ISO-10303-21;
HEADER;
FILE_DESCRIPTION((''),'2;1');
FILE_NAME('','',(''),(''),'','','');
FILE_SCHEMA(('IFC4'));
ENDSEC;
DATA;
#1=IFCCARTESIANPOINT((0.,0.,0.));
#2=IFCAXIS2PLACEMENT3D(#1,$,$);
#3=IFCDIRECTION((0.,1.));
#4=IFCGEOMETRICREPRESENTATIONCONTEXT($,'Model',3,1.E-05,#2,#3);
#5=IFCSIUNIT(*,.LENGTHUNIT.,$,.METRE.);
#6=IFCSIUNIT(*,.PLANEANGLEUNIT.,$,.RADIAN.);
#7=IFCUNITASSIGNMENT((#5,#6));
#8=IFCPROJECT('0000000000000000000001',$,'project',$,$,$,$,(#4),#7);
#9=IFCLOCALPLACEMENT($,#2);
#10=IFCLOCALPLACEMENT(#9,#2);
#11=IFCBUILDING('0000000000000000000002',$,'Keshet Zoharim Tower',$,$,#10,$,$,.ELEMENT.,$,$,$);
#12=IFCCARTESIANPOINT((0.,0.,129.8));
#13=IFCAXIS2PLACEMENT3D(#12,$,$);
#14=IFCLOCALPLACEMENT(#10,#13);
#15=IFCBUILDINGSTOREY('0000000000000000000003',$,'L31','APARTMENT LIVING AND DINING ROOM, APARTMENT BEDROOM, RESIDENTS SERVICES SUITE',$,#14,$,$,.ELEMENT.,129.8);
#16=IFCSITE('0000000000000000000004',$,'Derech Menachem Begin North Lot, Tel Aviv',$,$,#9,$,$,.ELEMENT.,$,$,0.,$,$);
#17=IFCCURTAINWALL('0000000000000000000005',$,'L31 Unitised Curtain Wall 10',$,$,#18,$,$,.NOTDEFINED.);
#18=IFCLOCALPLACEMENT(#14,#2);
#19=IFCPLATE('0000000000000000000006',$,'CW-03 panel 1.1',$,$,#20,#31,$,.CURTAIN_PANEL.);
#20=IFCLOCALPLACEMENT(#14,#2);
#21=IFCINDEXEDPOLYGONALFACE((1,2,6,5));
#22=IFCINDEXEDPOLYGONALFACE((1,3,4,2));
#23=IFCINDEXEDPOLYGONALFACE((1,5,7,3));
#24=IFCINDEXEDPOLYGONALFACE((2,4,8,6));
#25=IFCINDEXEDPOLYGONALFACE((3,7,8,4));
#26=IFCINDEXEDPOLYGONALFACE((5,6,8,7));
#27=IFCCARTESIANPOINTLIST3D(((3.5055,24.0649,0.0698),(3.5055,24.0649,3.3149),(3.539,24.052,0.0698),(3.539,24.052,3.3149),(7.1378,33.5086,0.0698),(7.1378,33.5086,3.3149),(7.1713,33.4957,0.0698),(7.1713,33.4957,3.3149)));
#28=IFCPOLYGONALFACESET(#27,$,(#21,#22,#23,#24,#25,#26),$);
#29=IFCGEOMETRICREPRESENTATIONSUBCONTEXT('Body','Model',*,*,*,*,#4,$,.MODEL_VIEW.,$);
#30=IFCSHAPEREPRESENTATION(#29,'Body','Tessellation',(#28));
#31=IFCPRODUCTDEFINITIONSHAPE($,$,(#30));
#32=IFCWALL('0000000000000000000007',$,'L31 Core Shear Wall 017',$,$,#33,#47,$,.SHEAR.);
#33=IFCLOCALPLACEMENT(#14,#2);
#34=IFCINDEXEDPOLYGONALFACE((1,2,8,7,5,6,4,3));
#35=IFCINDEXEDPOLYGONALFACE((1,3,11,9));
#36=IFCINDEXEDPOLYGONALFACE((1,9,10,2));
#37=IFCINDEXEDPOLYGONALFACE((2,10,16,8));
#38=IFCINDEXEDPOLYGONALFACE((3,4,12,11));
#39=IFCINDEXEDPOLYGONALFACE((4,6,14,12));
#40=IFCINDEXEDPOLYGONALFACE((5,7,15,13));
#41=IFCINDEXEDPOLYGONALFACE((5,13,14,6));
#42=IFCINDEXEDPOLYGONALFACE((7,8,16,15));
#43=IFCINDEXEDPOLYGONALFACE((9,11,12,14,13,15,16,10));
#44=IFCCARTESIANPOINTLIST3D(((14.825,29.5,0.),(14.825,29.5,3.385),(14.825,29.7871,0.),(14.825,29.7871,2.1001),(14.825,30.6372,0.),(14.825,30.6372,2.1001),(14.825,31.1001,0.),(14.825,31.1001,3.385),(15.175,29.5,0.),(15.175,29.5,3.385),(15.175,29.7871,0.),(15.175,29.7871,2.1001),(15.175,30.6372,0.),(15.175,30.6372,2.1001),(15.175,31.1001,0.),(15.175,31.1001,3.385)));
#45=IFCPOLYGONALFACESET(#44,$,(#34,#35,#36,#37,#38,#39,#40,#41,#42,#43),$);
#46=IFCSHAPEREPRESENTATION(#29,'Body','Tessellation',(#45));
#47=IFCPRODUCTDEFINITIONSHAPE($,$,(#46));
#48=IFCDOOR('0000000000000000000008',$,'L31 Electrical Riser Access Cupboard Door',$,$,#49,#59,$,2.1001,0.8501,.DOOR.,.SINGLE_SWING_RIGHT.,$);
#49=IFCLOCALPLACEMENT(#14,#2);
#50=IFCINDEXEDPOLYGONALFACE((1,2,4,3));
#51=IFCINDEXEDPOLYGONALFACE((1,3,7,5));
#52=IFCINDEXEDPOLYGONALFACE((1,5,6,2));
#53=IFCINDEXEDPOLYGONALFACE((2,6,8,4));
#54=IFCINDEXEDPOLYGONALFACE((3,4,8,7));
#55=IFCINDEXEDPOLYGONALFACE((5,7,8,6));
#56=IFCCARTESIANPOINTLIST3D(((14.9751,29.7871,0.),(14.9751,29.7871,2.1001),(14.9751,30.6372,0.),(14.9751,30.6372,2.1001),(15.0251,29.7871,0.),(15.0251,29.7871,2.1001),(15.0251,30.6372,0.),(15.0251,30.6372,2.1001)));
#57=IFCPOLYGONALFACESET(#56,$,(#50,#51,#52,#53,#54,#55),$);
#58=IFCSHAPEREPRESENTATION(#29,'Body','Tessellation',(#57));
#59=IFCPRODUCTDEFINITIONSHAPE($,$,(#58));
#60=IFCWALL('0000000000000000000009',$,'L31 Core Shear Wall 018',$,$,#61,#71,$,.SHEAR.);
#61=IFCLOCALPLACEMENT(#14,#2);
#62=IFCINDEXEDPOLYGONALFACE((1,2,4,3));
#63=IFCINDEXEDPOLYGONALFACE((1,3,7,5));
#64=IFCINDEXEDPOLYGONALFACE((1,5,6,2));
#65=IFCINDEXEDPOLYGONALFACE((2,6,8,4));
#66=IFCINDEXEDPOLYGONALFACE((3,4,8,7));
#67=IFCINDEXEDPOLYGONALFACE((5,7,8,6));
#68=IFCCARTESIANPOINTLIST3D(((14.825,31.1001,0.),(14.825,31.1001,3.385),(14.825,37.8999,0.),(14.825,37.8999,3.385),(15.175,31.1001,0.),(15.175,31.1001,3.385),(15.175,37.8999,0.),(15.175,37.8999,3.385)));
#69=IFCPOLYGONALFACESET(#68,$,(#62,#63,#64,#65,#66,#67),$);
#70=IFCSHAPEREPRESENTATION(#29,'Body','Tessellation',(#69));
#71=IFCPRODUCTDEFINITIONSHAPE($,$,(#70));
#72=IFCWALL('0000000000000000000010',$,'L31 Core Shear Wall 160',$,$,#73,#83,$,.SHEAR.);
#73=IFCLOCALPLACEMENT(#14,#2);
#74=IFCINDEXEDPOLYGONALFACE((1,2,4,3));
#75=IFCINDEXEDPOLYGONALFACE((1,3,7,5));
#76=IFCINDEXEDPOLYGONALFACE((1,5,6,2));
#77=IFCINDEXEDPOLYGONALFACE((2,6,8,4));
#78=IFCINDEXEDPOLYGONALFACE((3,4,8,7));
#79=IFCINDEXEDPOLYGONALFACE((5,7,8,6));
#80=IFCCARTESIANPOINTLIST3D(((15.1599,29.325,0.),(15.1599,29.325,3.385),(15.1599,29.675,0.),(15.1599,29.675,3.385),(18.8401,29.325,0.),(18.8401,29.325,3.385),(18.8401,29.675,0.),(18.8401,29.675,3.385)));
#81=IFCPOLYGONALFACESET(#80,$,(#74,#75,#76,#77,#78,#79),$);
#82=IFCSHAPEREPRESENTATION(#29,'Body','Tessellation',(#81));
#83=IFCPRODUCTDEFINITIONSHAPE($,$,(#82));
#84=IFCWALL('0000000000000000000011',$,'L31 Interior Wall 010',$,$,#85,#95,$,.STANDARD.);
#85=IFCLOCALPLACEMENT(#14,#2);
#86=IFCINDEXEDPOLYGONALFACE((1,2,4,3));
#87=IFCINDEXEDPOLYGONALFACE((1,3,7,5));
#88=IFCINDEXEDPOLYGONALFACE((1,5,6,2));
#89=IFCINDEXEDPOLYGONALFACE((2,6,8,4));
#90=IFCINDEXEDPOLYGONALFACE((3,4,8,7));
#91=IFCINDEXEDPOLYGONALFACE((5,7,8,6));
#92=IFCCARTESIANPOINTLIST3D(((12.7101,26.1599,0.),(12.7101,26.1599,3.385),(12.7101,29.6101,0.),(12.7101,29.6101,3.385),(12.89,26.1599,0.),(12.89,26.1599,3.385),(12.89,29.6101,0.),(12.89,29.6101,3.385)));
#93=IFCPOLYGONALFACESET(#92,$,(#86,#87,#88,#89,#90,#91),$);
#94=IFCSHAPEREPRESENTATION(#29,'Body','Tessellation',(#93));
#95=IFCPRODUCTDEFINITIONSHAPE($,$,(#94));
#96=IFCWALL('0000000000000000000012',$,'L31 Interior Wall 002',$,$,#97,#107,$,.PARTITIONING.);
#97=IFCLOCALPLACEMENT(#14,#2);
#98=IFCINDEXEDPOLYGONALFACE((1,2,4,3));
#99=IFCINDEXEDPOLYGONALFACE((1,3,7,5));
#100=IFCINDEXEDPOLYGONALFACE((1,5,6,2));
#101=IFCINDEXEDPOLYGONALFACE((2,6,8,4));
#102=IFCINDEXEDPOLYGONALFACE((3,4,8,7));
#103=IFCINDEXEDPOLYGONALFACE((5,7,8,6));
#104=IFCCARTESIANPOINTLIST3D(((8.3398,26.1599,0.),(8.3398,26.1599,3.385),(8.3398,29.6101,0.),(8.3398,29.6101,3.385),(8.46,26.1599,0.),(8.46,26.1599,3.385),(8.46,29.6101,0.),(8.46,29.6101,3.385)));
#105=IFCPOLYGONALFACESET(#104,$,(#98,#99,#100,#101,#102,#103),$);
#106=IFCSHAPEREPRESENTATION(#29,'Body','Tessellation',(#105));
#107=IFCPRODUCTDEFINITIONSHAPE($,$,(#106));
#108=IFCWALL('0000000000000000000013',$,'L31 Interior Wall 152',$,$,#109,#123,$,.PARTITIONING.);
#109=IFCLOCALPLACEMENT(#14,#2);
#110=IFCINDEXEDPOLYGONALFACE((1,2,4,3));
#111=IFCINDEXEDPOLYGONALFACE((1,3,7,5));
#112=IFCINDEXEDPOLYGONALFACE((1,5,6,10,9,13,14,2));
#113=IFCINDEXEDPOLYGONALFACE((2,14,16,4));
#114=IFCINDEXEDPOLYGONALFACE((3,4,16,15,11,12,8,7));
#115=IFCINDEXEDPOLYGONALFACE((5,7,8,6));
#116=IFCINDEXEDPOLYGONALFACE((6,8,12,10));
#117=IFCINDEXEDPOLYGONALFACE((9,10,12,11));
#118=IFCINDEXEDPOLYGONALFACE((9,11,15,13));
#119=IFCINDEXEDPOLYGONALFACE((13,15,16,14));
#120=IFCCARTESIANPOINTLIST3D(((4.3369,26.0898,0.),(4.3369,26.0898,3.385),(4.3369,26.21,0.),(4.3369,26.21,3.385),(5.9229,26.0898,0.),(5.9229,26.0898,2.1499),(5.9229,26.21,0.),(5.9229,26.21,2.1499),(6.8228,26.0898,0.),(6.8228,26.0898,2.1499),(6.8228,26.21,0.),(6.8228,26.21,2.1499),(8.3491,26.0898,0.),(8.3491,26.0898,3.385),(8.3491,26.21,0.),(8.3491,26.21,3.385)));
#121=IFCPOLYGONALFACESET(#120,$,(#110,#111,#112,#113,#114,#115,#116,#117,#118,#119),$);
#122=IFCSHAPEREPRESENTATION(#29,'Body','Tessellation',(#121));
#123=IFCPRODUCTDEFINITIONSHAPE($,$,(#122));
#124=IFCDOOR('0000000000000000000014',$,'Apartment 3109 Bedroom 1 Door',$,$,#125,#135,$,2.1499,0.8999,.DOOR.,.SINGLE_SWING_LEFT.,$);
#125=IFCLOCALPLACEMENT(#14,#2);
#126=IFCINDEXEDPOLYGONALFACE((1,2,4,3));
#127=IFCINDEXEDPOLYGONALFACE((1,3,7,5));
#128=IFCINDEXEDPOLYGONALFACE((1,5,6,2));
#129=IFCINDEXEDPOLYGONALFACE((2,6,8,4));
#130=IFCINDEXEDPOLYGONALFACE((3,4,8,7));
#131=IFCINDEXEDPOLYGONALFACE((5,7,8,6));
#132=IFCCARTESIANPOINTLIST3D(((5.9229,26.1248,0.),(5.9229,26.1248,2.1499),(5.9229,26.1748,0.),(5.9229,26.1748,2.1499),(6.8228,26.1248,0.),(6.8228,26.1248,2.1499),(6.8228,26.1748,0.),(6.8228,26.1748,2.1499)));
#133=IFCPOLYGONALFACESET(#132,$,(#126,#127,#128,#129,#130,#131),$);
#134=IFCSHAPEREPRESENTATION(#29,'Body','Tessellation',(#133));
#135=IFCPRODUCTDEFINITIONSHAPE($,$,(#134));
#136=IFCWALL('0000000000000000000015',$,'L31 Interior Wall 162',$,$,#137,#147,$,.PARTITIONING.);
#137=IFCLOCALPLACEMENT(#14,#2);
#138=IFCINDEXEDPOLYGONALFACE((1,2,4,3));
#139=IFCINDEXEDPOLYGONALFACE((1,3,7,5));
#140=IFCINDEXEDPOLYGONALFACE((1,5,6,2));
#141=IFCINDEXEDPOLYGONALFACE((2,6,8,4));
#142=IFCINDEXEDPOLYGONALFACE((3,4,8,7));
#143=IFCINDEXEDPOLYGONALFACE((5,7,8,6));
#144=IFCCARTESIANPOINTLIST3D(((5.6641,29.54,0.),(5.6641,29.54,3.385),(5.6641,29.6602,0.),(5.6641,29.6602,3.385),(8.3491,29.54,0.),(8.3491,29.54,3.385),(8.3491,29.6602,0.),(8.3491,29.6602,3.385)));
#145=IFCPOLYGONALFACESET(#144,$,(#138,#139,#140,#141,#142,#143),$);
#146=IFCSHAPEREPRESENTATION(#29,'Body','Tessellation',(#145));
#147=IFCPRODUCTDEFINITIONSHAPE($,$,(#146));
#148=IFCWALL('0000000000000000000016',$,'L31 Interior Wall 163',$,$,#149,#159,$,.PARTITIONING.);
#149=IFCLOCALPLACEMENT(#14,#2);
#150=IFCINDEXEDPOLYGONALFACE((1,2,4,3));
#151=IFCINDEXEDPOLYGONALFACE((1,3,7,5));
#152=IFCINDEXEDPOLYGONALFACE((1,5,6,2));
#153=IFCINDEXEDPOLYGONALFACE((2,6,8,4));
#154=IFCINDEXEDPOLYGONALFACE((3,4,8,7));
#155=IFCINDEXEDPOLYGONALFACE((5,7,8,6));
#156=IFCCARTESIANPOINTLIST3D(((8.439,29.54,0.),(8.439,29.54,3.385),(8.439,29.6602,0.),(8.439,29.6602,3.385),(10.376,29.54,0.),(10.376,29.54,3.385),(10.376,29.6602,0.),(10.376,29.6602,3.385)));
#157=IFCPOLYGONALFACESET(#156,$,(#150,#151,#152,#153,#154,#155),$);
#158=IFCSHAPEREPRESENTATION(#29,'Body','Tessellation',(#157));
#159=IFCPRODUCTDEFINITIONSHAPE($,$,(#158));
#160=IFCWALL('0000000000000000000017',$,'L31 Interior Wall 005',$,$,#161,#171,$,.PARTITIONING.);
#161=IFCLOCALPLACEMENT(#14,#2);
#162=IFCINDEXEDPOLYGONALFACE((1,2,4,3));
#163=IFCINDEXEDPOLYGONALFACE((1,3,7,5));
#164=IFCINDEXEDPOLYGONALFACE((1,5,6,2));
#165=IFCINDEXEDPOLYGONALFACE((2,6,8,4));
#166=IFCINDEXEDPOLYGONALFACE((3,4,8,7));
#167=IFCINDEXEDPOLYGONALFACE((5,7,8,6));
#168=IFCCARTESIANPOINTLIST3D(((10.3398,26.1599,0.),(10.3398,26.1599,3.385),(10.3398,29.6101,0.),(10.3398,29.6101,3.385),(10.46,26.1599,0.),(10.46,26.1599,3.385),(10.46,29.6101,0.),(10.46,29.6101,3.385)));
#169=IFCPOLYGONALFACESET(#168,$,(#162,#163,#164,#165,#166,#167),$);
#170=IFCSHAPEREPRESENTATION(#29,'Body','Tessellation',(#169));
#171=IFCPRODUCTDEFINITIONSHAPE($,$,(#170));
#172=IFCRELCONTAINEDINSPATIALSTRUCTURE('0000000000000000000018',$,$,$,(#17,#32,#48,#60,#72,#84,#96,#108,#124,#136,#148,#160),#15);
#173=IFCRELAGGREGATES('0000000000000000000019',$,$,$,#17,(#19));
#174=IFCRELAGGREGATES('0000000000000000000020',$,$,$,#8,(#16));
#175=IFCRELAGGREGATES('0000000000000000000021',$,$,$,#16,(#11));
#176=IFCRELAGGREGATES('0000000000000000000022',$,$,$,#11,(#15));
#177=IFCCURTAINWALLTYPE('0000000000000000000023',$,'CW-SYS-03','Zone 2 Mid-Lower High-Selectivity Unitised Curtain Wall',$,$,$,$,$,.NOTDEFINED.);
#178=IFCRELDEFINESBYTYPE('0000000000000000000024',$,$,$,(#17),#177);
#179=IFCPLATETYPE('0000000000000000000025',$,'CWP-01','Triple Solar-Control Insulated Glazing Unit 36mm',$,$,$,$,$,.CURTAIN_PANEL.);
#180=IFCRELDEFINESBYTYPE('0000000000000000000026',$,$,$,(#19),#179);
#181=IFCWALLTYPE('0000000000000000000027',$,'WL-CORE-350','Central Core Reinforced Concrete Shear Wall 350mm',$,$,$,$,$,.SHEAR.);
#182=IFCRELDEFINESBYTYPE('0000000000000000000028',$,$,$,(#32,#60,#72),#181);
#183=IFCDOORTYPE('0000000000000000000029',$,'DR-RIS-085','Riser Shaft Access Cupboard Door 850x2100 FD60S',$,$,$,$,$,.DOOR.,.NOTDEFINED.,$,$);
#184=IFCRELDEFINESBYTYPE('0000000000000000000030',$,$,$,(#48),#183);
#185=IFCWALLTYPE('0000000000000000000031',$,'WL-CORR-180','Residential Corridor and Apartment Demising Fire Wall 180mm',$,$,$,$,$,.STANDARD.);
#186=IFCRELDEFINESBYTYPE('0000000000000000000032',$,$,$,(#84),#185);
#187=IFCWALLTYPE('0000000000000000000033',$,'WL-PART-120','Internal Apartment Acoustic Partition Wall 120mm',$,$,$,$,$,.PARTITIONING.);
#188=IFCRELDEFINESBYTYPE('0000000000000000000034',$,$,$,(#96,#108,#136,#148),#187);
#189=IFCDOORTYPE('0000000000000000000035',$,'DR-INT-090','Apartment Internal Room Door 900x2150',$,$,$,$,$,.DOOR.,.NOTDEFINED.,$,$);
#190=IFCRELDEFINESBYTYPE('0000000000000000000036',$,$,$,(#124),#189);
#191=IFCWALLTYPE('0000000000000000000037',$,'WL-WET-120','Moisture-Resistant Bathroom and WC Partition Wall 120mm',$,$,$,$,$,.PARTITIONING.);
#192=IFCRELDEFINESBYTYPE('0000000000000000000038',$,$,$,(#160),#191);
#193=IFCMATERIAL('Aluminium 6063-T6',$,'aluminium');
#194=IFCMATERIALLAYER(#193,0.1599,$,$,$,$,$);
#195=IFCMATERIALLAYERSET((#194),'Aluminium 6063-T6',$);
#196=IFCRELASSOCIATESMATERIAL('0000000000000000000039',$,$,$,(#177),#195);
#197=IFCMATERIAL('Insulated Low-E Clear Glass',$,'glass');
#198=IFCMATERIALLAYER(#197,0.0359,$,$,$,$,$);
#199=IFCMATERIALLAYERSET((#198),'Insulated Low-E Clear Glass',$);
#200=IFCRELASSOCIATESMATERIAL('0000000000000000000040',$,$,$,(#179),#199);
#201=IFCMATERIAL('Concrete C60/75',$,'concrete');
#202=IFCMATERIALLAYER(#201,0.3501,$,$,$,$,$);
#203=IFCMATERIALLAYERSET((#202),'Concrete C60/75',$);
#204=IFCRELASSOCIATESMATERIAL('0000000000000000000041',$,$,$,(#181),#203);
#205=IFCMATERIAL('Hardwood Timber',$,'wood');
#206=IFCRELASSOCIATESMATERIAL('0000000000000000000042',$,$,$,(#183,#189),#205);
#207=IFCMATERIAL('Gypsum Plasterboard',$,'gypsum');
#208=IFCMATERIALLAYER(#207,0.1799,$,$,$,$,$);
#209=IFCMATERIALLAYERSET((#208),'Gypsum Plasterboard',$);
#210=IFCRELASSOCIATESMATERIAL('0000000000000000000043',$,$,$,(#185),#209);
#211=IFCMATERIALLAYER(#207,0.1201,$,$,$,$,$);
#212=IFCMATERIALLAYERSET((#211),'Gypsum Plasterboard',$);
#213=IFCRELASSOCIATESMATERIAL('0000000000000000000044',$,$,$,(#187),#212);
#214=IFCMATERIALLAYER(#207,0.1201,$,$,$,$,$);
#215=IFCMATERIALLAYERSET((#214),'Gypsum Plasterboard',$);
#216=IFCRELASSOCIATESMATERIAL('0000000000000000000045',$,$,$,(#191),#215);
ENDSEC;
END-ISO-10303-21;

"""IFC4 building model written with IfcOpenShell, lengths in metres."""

from ifc_helpers import new_model, si_unit, direction, frame, frame_2d, origin, origin_2d, place, context, subcontext, project, spatial, rectangle, extrude, material, layer, layer_set, type_object, element, fill, aggregate, save


model = new_model("IFC4")

# Units and contexts
model_context = context("Model", 3, precision=1e-05, world=origin(), true_north=direction((0.0, 1.0)))
body_context = subcontext(model_context, "Body", "Model", "MODEL_VIEW")
ifc_project = project(units=[si_unit("LENGTHUNIT", "METRE"), si_unit("PLANEANGLEUNIT", "RADIAN")], contexts=[model_context])

# Site, building, storey
site_placement = place(None, origin())
site = spatial("IfcSite", under=ifc_project, at=site_placement, Name="Derech Menachem Begin North Lot, Tel Aviv", CompositionType="ELEMENT", RefElevation=0.0)
building_placement = place(site_placement, origin())
building = spatial("IfcBuilding", under=site, at=building_placement, Name="Keshet Zoharim Tower", CompositionType="ELEMENT")
storey_placement = place(building_placement, frame((0.0, 0.0, 129.8)))
storey = spatial("IfcBuildingStorey", under=building, at=storey_placement, Name="L31", Description="APARTMENT LIVING AND DINING ROOM, APARTMENT BEDROOM, RESIDENTS SERVICES SUITE", CompositionType="ELEMENT", Elevation=129.8)

# Curtain wall, plate
ifc_material_1 = material(Name="Aluminium 6063-T6", Category="aluminium")
ifc_layer_1 = layer(ifc_material_1, 0.1599)
ifc_layer_set_1 = layer_set([ifc_layer_1], Name="Aluminium 6063-T6")
curtain_wall_type = type_object("IfcCurtainWallType", Name="CW-SYS-03", Description="Zone 2 Mid-Lower High-Selectivity Unitised Curtain Wall", PredefinedType="NOTDEFINED", material=ifc_layer_set_1)
curtain_wall_placement = place(storey_placement, origin())
curtain_wall = element("IfcCurtainWall", 1, at=curtain_wall_placement, inside=storey, type_object=curtain_wall_type, Name="L31 Unitised Curtain Wall 10", PredefinedType="NOTDEFINED")
ifc_material_2 = material(Name="Insulated Low-E Clear Glass", Category="glass")
ifc_layer_2 = layer(ifc_material_2, 0.0359)
ifc_layer_set_2 = layer_set([ifc_layer_2], Name="Insulated Low-E Clear Glass")
plate_type = type_object("IfcPlateType", Name="CWP-01", Description="Triple Solar-Control Insulated Glazing Unit 36mm", PredefinedType="CURTAIN_PANEL", material=ifc_layer_set_2)
plate_placement = place(storey_placement, frame((5.3384, 28.7803, 0.0698), z_axis=(0.0, 0.0, 1.0), x_axis=(0.35899, 0.933341, 0.0)))
plate = element("IfcPlate", 2, at=plate_placement, type_object=plate_type, Name="CW-03 panel 1.1", PredefinedType="CURTAIN_PANEL", context=body_context, shape_type="SweptSolid", body=[
    extrude(rectangle(XDim=10.1182, YDim=0.0359, at=origin_2d()), origin(), (0.0, 0.0, 1.0), 3.2451),
])
aggregate(curtain_wall, [plate])

# Wall, opening, door
ifc_material_3 = material(Name="Concrete C60/75", Category="concrete")
ifc_layer_3 = layer(ifc_material_3, 0.3501)
ifc_layer_set_3 = layer_set([ifc_layer_3], Name="Concrete C60/75")
wall_type_1 = type_object("IfcWallType", Name="WL-CORE-350", Description="Central Core Reinforced Concrete Shear Wall 350mm", PredefinedType="SHEAR", material=ifc_layer_set_3)
wall_1_placement = place(storey_placement, frame((15.0, 29.5, 0.0), z_axis=(0.0, 0.0, 1.0), x_axis=(0.0, 1.0, 0.0)))
wall_1 = element("IfcWall", 3, at=wall_1_placement, inside=storey, type_object=wall_type_1, Name="L31 Core Shear Wall 017", PredefinedType="SHEAR", context=body_context, shape_type="SweptSolid", body=[
    extrude(rectangle(XDim=1.6001, YDim=0.3501, at=frame_2d((0.8, 0.0))), origin(), (0.0, 0.0, 1.0), 3.385),
])
opening_1_placement = place(wall_1_placement, frame((0.2871, 0.0, 0.0)))
opening_1 = element("IfcOpeningElement", 4, at=opening_1_placement, cuts=wall_1, PredefinedType="OPENING", context=body_context, shape_type="SweptSolid", body=[
    extrude(rectangle(XDim=0.8501, YDim=2.1001, at=frame_2d((0.425, 1.05))), frame((0.0, 0.1851, 0.0), z_axis=(0.0, -1.0, 0.0), x_axis=(1.0, 0.0, 0.0)), (0.0, 0.0, 1.0), 0.3701),
])
ifc_material_4 = material(Name="Hardwood Timber", Category="wood")
door_type_1 = type_object("IfcDoorType", Name="DR-RIS-085", Description="Riser Shaft Access Cupboard Door 850x2100 FD60S", OperationType="NOTDEFINED", PredefinedType="DOOR", material=ifc_material_4)
door_1_placement = place(opening_1_placement, origin())
door_1 = element("IfcDoor", 5, at=door_1_placement, inside=storey, type_object=door_type_1, Name="L31 Electrical Riser Access Cupboard Door", OperationType="SINGLE_SWING_RIGHT", OverallHeight=2.1001, OverallWidth=0.8501, PredefinedType="DOOR", context=body_context, shape_type="SweptSolid", body=[
    extrude(rectangle(XDim=0.8501, YDim=2.1001, at=frame_2d((0.425, 1.05))), frame((0.0, 0.0249, 0.0), z_axis=(0.0, -1.0, 0.0), x_axis=(1.0, 0.0, 0.0)), (0.0, 0.0, 1.0), 0.05),
])
fill(opening_1, door_1)

# Walls
wall_2_placement = place(storey_placement, frame((15.0, 31.1001, 0.0), z_axis=(0.0, 0.0, 1.0), x_axis=(0.0, 1.0, 0.0)))
element("IfcWall", 6, at=wall_2_placement, inside=storey, type_object=wall_type_1, Name="L31 Core Shear Wall 018", PredefinedType="SHEAR", context=body_context, shape_type="SweptSolid", body=[
    extrude(rectangle(XDim=6.7998, YDim=0.3501, at=frame_2d((3.3999, 0.0))), origin(), (0.0, 0.0, 1.0), 3.385),
])
wall_3_placement = place(storey_placement, frame((15.1599, 29.5, 0.0), z_axis=(0.0, 0.0, 1.0), x_axis=(1.0, 0.0, 0.0)))
element("IfcWall", 7, at=wall_3_placement, inside=storey, type_object=wall_type_1, Name="L31 Core Shear Wall 160", PredefinedType="SHEAR", context=body_context, shape_type="SweptSolid", body=[
    extrude(rectangle(XDim=3.6802, YDim=0.3501, at=frame_2d((1.8401, 0.0))), origin(), (0.0, 0.0, 1.0), 3.385),
])
ifc_material_5 = material(Name="Gypsum Plasterboard", Category="gypsum")
ifc_layer_4 = layer(ifc_material_5, 0.1799)
ifc_layer_set_4 = layer_set([ifc_layer_4], Name="Gypsum Plasterboard")
wall_type_2 = type_object("IfcWallType", Name="WL-CORR-180", Description="Residential Corridor and Apartment Demising Fire Wall 180mm", PredefinedType="STANDARD", material=ifc_layer_set_4)
wall_4_placement = place(storey_placement, frame((12.8, 26.1599, 0.0), z_axis=(0.0, 0.0, 1.0), x_axis=(0.0, 1.0, 0.0)))
element("IfcWall", 8, at=wall_4_placement, inside=storey, type_object=wall_type_2, Name="L31 Interior Wall 010", PredefinedType="STANDARD", context=body_context, shape_type="SweptSolid", body=[
    extrude(rectangle(XDim=3.4502, YDim=0.1799, at=frame_2d((1.7251, 0.0))), origin(), (0.0, 0.0, 1.0), 3.385),
])

# Wall
ifc_layer_5 = layer(ifc_material_5, 0.1201)
ifc_layer_set_5 = layer_set([ifc_layer_5], Name="Gypsum Plasterboard")
wall_type_3 = type_object("IfcWallType", Name="WL-PART-120", Description="Internal Apartment Acoustic Partition Wall 120mm", PredefinedType="PARTITIONING", material=ifc_layer_set_5)
wall_5_placement = place(storey_placement, frame((8.3999, 26.1599, 0.0), z_axis=(0.0, 0.0, 1.0), x_axis=(0.0, 1.0, 0.0)))
element("IfcWall", 9, at=wall_5_placement, inside=storey, type_object=wall_type_3, Name="L31 Interior Wall 002", PredefinedType="PARTITIONING", context=body_context, shape_type="SweptSolid", body=[
    extrude(rectangle(XDim=3.4502, YDim=0.1201, at=frame_2d((1.7251, 0.0))), origin(), (0.0, 0.0, 1.0), 3.385),
])

# Wall, opening, door
wall_6_placement = place(storey_placement, frame((4.3369, 26.1499, 0.0), z_axis=(0.0, 0.0, 1.0), x_axis=(1.0, 0.0, 0.0)))
wall_6 = element("IfcWall", 10, at=wall_6_placement, inside=storey, type_object=wall_type_3, Name="L31 Interior Wall 152", PredefinedType="PARTITIONING", context=body_context, shape_type="SweptSolid", body=[
    extrude(rectangle(XDim=4.0122, YDim=0.1201, at=frame_2d((2.0061, 0.0))), origin(), (0.0, 0.0, 1.0), 3.385),
])
opening_2_placement = place(wall_6_placement, frame((1.5859, 0.0, 0.0)))
opening_2 = element("IfcOpeningElement", 11, at=opening_2_placement, cuts=wall_6, PredefinedType="OPENING", context=body_context, shape_type="SweptSolid", body=[
    extrude(rectangle(XDim=0.8999, YDim=2.1499, at=frame_2d((0.45, 1.075))), frame((0.0, 0.0701, 0.0), z_axis=(0.0, -1.0, 0.0), x_axis=(1.0, 0.0, 0.0)), (0.0, 0.0, 1.0), 0.1401),
])
door_type_2 = type_object("IfcDoorType", Name="DR-INT-090", Description="Apartment Internal Room Door 900x2150", OperationType="NOTDEFINED", PredefinedType="DOOR", material=ifc_material_4)
door_2_placement = place(opening_2_placement, origin())
door_2 = element("IfcDoor", 12, at=door_2_placement, inside=storey, type_object=door_type_2, Name="Apartment 3109 Bedroom 1 Door", OperationType="SINGLE_SWING_LEFT", OverallHeight=2.1499, OverallWidth=0.8999, PredefinedType="DOOR", context=body_context, shape_type="SweptSolid", body=[
    extrude(rectangle(XDim=0.8999, YDim=2.1499, at=frame_2d((0.45, 1.075))), frame((0.0, 0.0249, 0.0), z_axis=(0.0, -1.0, 0.0), x_axis=(1.0, 0.0, 0.0)), (0.0, 0.0, 1.0), 0.05),
])
fill(opening_2, door_2)

# Walls
wall_7_placement = place(storey_placement, frame((5.6641, 29.6001, 0.0), z_axis=(0.0, 0.0, 1.0), x_axis=(1.0, 0.0, 0.0)))
element("IfcWall", 13, at=wall_7_placement, inside=storey, type_object=wall_type_3, Name="L31 Interior Wall 162", PredefinedType="PARTITIONING", context=body_context, shape_type="SweptSolid", body=[
    extrude(rectangle(XDim=2.6851, YDim=0.1201, at=frame_2d((1.3425, 0.0))), origin(), (0.0, 0.0, 1.0), 3.385),
])
wall_8_placement = place(storey_placement, frame((8.439, 29.6001, 0.0), z_axis=(0.0, 0.0, 1.0), x_axis=(1.0, 0.0, 0.0)))
element("IfcWall", 14, at=wall_8_placement, inside=storey, type_object=wall_type_3, Name="L31 Interior Wall 163", PredefinedType="PARTITIONING", context=body_context, shape_type="SweptSolid", body=[
    extrude(rectangle(XDim=1.937, YDim=0.1201, at=frame_2d((0.9685, 0.0))), origin(), (0.0, 0.0, 1.0), 3.385),
])
ifc_layer_6 = layer(ifc_material_5, 0.1201)
ifc_layer_set_6 = layer_set([ifc_layer_6], Name="Gypsum Plasterboard")
wall_type_4 = type_object("IfcWallType", Name="WL-WET-120", Description="Moisture-Resistant Bathroom and WC Partition Wall 120mm", PredefinedType="PARTITIONING", material=ifc_layer_set_6)
wall_9_placement = place(storey_placement, frame((10.3999, 26.1599, 0.0), z_axis=(0.0, 0.0, 1.0), x_axis=(0.0, 1.0, 0.0)))
element("IfcWall", 15, at=wall_9_placement, inside=storey, type_object=wall_type_4, Name="L31 Interior Wall 005", PredefinedType="PARTITIONING", context=body_context, shape_type="SweptSolid", body=[
    extrude(rectangle(XDim=3.4502, YDim=0.1201, at=frame_2d((1.7251, 0.0))), origin(), (0.0, 0.0, 1.0), 3.385),
])

save(model, "model.ifc")
